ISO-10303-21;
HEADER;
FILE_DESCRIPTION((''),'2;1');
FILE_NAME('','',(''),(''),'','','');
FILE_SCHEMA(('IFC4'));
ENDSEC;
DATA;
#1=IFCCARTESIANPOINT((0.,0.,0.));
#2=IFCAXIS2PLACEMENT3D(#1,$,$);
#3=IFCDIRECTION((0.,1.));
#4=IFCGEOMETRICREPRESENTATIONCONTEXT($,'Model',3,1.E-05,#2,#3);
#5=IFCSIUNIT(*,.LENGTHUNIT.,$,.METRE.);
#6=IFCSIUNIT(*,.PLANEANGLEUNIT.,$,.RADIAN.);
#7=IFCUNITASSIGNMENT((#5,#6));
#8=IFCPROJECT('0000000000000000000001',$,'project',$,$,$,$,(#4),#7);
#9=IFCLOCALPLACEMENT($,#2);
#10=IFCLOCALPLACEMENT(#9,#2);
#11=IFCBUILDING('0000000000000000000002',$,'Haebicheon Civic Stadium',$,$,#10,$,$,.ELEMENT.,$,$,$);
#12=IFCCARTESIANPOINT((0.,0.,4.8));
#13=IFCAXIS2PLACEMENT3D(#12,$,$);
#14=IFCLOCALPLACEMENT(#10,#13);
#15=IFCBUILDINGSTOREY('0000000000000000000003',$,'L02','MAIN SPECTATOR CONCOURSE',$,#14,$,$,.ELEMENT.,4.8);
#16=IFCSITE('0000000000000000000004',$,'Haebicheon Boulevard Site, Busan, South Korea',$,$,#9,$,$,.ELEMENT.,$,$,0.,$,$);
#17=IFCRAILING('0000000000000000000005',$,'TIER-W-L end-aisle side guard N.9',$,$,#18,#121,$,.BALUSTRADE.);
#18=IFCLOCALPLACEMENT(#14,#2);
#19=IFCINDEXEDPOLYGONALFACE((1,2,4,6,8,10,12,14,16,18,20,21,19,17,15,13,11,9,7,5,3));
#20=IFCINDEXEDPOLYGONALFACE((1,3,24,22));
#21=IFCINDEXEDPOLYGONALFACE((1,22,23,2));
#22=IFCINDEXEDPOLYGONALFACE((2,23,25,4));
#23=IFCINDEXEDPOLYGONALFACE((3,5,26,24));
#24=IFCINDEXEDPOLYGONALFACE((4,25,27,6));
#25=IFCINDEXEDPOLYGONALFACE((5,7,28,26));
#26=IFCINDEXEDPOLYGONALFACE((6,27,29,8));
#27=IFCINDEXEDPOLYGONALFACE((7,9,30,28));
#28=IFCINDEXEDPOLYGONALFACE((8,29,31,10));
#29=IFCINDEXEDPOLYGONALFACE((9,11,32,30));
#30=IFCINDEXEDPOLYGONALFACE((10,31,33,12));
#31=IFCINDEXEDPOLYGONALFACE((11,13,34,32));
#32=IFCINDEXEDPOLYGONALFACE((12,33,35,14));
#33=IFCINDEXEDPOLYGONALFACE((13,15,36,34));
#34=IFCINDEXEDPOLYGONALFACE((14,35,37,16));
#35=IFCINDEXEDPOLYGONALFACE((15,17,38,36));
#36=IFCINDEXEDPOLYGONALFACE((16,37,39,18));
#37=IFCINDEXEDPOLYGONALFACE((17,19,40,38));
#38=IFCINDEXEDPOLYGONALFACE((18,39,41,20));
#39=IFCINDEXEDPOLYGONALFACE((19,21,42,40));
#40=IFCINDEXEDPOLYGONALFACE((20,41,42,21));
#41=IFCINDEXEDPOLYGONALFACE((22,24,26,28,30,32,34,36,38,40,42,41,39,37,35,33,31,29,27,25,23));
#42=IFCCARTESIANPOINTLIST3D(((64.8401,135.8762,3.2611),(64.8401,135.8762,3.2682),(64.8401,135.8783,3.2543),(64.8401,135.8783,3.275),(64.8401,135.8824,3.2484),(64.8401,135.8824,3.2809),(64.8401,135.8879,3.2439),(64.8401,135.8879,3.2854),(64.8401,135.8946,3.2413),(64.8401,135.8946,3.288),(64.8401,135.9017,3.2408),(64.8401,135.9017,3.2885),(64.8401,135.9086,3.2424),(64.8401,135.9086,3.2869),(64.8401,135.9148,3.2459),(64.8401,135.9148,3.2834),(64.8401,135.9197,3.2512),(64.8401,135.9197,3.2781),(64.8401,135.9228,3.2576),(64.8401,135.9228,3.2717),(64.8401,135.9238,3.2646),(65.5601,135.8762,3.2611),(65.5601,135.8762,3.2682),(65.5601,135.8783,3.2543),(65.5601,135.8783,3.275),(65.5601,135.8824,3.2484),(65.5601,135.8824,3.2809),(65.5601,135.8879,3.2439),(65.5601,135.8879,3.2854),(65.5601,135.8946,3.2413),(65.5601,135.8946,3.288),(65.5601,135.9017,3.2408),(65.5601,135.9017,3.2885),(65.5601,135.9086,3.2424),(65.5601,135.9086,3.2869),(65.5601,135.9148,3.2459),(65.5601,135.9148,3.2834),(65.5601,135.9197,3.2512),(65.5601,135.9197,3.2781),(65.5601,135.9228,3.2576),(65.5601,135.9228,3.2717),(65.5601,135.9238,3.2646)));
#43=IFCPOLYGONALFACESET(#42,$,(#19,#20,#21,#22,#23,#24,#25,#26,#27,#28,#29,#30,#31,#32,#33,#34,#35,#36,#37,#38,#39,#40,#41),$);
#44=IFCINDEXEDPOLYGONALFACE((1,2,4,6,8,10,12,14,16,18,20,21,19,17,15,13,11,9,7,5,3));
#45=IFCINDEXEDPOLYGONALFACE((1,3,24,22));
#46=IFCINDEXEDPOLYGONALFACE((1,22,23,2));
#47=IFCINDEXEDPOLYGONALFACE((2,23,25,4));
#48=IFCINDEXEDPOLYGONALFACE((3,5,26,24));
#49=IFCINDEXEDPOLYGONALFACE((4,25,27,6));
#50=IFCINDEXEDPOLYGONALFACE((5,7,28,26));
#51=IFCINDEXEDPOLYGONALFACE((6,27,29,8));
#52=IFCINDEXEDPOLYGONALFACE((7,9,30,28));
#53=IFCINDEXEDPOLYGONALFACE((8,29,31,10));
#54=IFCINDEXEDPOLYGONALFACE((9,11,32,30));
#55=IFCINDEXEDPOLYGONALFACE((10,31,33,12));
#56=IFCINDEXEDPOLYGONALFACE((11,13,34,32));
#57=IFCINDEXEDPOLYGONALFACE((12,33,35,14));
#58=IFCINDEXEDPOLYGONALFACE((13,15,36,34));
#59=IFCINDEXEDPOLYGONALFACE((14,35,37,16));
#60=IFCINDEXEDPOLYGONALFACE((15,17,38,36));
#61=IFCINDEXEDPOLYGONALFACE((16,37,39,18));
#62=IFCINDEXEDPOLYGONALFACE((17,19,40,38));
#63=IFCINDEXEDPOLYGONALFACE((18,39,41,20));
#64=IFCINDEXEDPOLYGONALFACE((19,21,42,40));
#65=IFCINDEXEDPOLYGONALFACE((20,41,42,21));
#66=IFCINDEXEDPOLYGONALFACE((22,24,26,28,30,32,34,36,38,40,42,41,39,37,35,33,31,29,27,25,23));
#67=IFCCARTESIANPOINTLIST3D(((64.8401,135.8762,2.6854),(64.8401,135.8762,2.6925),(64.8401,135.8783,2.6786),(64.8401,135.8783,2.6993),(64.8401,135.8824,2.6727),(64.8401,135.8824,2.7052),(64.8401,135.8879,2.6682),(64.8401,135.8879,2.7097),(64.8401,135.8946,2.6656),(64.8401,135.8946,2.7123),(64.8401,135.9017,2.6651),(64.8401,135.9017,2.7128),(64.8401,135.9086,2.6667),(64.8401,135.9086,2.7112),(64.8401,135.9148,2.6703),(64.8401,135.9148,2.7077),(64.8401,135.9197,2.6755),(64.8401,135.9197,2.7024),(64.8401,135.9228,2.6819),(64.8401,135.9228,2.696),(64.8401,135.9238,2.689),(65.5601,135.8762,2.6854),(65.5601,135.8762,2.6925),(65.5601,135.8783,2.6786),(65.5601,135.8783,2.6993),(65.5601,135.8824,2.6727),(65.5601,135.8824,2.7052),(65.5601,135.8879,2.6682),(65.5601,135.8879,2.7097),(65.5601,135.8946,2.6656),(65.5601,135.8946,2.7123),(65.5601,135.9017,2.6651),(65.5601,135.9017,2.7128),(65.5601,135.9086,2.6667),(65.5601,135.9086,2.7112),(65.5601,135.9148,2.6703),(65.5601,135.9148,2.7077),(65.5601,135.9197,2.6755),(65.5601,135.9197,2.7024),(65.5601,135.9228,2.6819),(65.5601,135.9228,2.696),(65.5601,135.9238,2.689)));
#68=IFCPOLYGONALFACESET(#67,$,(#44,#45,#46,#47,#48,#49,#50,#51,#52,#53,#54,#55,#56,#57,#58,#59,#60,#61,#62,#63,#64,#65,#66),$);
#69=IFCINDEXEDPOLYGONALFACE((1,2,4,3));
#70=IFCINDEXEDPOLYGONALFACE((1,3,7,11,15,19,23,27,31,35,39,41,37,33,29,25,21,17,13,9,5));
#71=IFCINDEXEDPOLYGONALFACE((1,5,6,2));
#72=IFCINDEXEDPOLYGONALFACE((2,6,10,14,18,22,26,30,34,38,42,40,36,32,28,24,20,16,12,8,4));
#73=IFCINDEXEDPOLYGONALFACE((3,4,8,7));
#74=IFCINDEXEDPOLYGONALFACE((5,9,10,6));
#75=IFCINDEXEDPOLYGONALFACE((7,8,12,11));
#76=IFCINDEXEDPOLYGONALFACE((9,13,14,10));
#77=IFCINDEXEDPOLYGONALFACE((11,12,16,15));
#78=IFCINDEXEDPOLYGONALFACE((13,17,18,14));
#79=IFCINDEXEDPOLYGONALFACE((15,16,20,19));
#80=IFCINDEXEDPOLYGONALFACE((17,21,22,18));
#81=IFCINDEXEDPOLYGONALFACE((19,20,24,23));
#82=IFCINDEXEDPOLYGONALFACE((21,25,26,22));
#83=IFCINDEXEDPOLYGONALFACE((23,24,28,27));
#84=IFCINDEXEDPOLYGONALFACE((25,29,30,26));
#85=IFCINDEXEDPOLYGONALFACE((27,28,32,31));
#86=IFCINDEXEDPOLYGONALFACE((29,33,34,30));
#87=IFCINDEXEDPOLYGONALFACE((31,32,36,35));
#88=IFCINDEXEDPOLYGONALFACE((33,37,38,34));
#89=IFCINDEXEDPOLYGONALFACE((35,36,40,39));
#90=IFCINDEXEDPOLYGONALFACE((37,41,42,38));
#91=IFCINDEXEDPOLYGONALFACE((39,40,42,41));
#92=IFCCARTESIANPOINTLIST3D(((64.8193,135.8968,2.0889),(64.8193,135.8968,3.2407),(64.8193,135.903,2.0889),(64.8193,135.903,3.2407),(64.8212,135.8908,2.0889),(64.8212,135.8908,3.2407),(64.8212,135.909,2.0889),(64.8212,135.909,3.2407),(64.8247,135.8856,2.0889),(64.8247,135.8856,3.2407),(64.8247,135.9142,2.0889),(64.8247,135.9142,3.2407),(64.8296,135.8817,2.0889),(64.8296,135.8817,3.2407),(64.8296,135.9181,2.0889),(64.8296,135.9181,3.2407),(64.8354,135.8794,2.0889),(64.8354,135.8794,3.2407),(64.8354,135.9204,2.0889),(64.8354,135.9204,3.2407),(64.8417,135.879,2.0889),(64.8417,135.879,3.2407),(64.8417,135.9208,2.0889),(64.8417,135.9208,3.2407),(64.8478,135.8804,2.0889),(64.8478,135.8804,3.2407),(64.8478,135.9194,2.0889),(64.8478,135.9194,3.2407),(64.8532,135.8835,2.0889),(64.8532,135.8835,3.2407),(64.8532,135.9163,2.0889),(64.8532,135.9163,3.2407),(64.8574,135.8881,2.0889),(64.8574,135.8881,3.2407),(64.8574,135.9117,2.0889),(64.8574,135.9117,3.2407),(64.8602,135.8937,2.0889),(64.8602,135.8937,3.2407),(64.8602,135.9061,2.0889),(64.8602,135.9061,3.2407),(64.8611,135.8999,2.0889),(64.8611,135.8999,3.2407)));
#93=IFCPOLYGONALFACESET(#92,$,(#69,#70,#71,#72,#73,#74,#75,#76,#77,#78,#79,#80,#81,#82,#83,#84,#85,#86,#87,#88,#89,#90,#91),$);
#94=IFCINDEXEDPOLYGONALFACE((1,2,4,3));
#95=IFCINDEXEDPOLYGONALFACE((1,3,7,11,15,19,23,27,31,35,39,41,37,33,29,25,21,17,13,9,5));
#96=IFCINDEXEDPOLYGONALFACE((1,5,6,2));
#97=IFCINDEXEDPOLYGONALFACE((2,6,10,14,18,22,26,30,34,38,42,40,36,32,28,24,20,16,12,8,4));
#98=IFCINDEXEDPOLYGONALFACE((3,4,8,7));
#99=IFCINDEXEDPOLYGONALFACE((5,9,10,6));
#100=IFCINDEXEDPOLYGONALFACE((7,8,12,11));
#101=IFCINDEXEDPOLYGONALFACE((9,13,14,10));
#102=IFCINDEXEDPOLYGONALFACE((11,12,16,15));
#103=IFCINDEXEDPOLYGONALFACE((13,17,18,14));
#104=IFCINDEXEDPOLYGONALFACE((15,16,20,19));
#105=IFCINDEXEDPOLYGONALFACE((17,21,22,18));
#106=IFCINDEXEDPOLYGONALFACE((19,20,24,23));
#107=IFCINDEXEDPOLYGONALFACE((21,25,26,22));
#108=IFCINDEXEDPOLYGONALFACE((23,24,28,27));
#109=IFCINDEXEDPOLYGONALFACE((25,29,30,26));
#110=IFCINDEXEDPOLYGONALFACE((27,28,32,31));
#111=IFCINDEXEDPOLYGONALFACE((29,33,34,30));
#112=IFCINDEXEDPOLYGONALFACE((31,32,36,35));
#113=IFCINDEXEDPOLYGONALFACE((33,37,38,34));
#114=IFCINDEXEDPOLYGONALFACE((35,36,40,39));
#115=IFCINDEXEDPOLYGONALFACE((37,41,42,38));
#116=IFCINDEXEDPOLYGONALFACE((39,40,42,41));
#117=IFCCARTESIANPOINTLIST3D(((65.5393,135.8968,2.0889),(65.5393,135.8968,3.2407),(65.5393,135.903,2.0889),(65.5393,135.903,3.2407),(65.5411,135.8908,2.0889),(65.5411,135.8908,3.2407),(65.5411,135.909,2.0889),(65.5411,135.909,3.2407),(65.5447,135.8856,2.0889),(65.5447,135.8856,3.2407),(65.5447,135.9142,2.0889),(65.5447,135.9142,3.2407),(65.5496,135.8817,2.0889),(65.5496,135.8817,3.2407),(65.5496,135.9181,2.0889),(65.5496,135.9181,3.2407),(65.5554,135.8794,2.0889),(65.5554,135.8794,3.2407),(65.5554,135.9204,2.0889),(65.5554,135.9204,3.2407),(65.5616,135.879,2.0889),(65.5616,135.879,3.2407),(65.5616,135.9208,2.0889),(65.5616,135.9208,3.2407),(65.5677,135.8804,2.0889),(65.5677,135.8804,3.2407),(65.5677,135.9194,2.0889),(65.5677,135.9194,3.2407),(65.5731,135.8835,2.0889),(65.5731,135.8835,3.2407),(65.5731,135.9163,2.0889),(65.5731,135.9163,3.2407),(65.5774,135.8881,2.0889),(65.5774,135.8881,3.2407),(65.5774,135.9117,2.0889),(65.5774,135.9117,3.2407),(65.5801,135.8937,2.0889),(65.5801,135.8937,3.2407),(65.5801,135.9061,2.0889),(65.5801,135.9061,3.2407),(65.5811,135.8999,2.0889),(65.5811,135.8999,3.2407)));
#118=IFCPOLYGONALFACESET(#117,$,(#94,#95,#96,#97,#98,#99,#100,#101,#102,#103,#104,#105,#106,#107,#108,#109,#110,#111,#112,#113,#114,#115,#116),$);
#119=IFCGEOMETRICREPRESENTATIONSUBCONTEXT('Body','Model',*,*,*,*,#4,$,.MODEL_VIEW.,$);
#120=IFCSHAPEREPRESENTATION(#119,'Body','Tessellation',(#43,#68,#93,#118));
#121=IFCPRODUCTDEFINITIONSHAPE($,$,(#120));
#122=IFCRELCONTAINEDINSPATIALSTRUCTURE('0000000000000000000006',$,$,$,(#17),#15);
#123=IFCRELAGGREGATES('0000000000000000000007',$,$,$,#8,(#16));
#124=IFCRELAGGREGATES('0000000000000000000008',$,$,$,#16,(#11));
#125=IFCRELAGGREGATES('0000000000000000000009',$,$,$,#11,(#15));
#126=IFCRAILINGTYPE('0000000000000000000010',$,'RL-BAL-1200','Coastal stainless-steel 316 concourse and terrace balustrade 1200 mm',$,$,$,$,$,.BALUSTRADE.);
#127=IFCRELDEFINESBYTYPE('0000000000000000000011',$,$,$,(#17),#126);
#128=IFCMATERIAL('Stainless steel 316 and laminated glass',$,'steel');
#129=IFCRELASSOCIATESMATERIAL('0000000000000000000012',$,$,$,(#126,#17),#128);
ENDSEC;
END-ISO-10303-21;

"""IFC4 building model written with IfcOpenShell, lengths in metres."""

from ifc_helpers import new_model, si_unit, direction, frame, origin, origin_2d, place, context, subcontext, project, spatial, circle, extrude, material, type_object, element, save


model = new_model("IFC4")

# Units and contexts
model_context = context("Model", 3, precision=1e-05, world=origin(), true_north=direction((0.0, 1.0)))
body_context = subcontext(model_context, "Body", "Model", "MODEL_VIEW")
ifc_project = project(units=[si_unit("LENGTHUNIT", "METRE"), si_unit("PLANEANGLEUNIT", "RADIAN")], contexts=[model_context])

# Site, building, storey
site_placement = place(None, origin())
site = spatial("IfcSite", under=ifc_project, at=site_placement, Name="Haebicheon Boulevard Site, Busan, South Korea", CompositionType="ELEMENT", RefElevation=0.0)
building_placement = place(site_placement, origin())
building = spatial("IfcBuilding", under=site, at=building_placement, Name="Haebicheon Civic Stadium", CompositionType="ELEMENT")
storey_placement = place(building_placement, frame((0.0, 0.0, 4.8)))
storey = spatial("IfcBuildingStorey", under=building, at=storey_placement, Name="L02", Description="MAIN SPECTATOR CONCOURSE", CompositionType="ELEMENT", Elevation=4.8)

# Railing
ifc_material_1 = material(Name="Stainless steel 316 and laminated glass", Category="steel")
railing_type = type_object("IfcRailingType", Name="RL-BAL-1200", Description="Coastal stainless-steel 316 concourse and terrace balustrade 1200 mm", PredefinedType="BALUSTRADE", material=ifc_material_1)
for number, where, name in (
    (1, (64.8401, 135.8999, 2.0889), "TIER-W-L end-aisle side guard N.9"),
):
    element("IfcRailing", number, at=place(storey_placement, frame(where)), inside=storey, type_object=railing_type, material=ifc_material_1, Name=name, PredefinedType="BALUSTRADE", context=body_context, shape_type="SweptSolid", body=[
        extrude(circle(Radius=0.0239, at=origin_2d()), frame((0.0, 0.0, 1.1758), z_axis=(1.0, 0.0, 0.0), x_axis=(0.0, 1.0, 0.0)), (0.0, 0.0, 1.0), 0.72),
        extrude(circle(Radius=0.0239, at=origin_2d()), frame((0.0, 0.0, 0.6001), z_axis=(1.0, 0.0, 0.0), x_axis=(0.0, 1.0, 0.0)), (0.0, 0.0, 1.0), 0.72),
        extrude(circle(Radius=0.021, at=origin_2d()), origin(), (0.0, 0.0, 1.0), 1.1519),
        extrude(circle(Radius=0.021, at=origin_2d()), frame((0.72, 0.0, 0.0)), (0.0, 0.0, 1.0), 1.1519),
    ])

save(model, "model.ifc")
